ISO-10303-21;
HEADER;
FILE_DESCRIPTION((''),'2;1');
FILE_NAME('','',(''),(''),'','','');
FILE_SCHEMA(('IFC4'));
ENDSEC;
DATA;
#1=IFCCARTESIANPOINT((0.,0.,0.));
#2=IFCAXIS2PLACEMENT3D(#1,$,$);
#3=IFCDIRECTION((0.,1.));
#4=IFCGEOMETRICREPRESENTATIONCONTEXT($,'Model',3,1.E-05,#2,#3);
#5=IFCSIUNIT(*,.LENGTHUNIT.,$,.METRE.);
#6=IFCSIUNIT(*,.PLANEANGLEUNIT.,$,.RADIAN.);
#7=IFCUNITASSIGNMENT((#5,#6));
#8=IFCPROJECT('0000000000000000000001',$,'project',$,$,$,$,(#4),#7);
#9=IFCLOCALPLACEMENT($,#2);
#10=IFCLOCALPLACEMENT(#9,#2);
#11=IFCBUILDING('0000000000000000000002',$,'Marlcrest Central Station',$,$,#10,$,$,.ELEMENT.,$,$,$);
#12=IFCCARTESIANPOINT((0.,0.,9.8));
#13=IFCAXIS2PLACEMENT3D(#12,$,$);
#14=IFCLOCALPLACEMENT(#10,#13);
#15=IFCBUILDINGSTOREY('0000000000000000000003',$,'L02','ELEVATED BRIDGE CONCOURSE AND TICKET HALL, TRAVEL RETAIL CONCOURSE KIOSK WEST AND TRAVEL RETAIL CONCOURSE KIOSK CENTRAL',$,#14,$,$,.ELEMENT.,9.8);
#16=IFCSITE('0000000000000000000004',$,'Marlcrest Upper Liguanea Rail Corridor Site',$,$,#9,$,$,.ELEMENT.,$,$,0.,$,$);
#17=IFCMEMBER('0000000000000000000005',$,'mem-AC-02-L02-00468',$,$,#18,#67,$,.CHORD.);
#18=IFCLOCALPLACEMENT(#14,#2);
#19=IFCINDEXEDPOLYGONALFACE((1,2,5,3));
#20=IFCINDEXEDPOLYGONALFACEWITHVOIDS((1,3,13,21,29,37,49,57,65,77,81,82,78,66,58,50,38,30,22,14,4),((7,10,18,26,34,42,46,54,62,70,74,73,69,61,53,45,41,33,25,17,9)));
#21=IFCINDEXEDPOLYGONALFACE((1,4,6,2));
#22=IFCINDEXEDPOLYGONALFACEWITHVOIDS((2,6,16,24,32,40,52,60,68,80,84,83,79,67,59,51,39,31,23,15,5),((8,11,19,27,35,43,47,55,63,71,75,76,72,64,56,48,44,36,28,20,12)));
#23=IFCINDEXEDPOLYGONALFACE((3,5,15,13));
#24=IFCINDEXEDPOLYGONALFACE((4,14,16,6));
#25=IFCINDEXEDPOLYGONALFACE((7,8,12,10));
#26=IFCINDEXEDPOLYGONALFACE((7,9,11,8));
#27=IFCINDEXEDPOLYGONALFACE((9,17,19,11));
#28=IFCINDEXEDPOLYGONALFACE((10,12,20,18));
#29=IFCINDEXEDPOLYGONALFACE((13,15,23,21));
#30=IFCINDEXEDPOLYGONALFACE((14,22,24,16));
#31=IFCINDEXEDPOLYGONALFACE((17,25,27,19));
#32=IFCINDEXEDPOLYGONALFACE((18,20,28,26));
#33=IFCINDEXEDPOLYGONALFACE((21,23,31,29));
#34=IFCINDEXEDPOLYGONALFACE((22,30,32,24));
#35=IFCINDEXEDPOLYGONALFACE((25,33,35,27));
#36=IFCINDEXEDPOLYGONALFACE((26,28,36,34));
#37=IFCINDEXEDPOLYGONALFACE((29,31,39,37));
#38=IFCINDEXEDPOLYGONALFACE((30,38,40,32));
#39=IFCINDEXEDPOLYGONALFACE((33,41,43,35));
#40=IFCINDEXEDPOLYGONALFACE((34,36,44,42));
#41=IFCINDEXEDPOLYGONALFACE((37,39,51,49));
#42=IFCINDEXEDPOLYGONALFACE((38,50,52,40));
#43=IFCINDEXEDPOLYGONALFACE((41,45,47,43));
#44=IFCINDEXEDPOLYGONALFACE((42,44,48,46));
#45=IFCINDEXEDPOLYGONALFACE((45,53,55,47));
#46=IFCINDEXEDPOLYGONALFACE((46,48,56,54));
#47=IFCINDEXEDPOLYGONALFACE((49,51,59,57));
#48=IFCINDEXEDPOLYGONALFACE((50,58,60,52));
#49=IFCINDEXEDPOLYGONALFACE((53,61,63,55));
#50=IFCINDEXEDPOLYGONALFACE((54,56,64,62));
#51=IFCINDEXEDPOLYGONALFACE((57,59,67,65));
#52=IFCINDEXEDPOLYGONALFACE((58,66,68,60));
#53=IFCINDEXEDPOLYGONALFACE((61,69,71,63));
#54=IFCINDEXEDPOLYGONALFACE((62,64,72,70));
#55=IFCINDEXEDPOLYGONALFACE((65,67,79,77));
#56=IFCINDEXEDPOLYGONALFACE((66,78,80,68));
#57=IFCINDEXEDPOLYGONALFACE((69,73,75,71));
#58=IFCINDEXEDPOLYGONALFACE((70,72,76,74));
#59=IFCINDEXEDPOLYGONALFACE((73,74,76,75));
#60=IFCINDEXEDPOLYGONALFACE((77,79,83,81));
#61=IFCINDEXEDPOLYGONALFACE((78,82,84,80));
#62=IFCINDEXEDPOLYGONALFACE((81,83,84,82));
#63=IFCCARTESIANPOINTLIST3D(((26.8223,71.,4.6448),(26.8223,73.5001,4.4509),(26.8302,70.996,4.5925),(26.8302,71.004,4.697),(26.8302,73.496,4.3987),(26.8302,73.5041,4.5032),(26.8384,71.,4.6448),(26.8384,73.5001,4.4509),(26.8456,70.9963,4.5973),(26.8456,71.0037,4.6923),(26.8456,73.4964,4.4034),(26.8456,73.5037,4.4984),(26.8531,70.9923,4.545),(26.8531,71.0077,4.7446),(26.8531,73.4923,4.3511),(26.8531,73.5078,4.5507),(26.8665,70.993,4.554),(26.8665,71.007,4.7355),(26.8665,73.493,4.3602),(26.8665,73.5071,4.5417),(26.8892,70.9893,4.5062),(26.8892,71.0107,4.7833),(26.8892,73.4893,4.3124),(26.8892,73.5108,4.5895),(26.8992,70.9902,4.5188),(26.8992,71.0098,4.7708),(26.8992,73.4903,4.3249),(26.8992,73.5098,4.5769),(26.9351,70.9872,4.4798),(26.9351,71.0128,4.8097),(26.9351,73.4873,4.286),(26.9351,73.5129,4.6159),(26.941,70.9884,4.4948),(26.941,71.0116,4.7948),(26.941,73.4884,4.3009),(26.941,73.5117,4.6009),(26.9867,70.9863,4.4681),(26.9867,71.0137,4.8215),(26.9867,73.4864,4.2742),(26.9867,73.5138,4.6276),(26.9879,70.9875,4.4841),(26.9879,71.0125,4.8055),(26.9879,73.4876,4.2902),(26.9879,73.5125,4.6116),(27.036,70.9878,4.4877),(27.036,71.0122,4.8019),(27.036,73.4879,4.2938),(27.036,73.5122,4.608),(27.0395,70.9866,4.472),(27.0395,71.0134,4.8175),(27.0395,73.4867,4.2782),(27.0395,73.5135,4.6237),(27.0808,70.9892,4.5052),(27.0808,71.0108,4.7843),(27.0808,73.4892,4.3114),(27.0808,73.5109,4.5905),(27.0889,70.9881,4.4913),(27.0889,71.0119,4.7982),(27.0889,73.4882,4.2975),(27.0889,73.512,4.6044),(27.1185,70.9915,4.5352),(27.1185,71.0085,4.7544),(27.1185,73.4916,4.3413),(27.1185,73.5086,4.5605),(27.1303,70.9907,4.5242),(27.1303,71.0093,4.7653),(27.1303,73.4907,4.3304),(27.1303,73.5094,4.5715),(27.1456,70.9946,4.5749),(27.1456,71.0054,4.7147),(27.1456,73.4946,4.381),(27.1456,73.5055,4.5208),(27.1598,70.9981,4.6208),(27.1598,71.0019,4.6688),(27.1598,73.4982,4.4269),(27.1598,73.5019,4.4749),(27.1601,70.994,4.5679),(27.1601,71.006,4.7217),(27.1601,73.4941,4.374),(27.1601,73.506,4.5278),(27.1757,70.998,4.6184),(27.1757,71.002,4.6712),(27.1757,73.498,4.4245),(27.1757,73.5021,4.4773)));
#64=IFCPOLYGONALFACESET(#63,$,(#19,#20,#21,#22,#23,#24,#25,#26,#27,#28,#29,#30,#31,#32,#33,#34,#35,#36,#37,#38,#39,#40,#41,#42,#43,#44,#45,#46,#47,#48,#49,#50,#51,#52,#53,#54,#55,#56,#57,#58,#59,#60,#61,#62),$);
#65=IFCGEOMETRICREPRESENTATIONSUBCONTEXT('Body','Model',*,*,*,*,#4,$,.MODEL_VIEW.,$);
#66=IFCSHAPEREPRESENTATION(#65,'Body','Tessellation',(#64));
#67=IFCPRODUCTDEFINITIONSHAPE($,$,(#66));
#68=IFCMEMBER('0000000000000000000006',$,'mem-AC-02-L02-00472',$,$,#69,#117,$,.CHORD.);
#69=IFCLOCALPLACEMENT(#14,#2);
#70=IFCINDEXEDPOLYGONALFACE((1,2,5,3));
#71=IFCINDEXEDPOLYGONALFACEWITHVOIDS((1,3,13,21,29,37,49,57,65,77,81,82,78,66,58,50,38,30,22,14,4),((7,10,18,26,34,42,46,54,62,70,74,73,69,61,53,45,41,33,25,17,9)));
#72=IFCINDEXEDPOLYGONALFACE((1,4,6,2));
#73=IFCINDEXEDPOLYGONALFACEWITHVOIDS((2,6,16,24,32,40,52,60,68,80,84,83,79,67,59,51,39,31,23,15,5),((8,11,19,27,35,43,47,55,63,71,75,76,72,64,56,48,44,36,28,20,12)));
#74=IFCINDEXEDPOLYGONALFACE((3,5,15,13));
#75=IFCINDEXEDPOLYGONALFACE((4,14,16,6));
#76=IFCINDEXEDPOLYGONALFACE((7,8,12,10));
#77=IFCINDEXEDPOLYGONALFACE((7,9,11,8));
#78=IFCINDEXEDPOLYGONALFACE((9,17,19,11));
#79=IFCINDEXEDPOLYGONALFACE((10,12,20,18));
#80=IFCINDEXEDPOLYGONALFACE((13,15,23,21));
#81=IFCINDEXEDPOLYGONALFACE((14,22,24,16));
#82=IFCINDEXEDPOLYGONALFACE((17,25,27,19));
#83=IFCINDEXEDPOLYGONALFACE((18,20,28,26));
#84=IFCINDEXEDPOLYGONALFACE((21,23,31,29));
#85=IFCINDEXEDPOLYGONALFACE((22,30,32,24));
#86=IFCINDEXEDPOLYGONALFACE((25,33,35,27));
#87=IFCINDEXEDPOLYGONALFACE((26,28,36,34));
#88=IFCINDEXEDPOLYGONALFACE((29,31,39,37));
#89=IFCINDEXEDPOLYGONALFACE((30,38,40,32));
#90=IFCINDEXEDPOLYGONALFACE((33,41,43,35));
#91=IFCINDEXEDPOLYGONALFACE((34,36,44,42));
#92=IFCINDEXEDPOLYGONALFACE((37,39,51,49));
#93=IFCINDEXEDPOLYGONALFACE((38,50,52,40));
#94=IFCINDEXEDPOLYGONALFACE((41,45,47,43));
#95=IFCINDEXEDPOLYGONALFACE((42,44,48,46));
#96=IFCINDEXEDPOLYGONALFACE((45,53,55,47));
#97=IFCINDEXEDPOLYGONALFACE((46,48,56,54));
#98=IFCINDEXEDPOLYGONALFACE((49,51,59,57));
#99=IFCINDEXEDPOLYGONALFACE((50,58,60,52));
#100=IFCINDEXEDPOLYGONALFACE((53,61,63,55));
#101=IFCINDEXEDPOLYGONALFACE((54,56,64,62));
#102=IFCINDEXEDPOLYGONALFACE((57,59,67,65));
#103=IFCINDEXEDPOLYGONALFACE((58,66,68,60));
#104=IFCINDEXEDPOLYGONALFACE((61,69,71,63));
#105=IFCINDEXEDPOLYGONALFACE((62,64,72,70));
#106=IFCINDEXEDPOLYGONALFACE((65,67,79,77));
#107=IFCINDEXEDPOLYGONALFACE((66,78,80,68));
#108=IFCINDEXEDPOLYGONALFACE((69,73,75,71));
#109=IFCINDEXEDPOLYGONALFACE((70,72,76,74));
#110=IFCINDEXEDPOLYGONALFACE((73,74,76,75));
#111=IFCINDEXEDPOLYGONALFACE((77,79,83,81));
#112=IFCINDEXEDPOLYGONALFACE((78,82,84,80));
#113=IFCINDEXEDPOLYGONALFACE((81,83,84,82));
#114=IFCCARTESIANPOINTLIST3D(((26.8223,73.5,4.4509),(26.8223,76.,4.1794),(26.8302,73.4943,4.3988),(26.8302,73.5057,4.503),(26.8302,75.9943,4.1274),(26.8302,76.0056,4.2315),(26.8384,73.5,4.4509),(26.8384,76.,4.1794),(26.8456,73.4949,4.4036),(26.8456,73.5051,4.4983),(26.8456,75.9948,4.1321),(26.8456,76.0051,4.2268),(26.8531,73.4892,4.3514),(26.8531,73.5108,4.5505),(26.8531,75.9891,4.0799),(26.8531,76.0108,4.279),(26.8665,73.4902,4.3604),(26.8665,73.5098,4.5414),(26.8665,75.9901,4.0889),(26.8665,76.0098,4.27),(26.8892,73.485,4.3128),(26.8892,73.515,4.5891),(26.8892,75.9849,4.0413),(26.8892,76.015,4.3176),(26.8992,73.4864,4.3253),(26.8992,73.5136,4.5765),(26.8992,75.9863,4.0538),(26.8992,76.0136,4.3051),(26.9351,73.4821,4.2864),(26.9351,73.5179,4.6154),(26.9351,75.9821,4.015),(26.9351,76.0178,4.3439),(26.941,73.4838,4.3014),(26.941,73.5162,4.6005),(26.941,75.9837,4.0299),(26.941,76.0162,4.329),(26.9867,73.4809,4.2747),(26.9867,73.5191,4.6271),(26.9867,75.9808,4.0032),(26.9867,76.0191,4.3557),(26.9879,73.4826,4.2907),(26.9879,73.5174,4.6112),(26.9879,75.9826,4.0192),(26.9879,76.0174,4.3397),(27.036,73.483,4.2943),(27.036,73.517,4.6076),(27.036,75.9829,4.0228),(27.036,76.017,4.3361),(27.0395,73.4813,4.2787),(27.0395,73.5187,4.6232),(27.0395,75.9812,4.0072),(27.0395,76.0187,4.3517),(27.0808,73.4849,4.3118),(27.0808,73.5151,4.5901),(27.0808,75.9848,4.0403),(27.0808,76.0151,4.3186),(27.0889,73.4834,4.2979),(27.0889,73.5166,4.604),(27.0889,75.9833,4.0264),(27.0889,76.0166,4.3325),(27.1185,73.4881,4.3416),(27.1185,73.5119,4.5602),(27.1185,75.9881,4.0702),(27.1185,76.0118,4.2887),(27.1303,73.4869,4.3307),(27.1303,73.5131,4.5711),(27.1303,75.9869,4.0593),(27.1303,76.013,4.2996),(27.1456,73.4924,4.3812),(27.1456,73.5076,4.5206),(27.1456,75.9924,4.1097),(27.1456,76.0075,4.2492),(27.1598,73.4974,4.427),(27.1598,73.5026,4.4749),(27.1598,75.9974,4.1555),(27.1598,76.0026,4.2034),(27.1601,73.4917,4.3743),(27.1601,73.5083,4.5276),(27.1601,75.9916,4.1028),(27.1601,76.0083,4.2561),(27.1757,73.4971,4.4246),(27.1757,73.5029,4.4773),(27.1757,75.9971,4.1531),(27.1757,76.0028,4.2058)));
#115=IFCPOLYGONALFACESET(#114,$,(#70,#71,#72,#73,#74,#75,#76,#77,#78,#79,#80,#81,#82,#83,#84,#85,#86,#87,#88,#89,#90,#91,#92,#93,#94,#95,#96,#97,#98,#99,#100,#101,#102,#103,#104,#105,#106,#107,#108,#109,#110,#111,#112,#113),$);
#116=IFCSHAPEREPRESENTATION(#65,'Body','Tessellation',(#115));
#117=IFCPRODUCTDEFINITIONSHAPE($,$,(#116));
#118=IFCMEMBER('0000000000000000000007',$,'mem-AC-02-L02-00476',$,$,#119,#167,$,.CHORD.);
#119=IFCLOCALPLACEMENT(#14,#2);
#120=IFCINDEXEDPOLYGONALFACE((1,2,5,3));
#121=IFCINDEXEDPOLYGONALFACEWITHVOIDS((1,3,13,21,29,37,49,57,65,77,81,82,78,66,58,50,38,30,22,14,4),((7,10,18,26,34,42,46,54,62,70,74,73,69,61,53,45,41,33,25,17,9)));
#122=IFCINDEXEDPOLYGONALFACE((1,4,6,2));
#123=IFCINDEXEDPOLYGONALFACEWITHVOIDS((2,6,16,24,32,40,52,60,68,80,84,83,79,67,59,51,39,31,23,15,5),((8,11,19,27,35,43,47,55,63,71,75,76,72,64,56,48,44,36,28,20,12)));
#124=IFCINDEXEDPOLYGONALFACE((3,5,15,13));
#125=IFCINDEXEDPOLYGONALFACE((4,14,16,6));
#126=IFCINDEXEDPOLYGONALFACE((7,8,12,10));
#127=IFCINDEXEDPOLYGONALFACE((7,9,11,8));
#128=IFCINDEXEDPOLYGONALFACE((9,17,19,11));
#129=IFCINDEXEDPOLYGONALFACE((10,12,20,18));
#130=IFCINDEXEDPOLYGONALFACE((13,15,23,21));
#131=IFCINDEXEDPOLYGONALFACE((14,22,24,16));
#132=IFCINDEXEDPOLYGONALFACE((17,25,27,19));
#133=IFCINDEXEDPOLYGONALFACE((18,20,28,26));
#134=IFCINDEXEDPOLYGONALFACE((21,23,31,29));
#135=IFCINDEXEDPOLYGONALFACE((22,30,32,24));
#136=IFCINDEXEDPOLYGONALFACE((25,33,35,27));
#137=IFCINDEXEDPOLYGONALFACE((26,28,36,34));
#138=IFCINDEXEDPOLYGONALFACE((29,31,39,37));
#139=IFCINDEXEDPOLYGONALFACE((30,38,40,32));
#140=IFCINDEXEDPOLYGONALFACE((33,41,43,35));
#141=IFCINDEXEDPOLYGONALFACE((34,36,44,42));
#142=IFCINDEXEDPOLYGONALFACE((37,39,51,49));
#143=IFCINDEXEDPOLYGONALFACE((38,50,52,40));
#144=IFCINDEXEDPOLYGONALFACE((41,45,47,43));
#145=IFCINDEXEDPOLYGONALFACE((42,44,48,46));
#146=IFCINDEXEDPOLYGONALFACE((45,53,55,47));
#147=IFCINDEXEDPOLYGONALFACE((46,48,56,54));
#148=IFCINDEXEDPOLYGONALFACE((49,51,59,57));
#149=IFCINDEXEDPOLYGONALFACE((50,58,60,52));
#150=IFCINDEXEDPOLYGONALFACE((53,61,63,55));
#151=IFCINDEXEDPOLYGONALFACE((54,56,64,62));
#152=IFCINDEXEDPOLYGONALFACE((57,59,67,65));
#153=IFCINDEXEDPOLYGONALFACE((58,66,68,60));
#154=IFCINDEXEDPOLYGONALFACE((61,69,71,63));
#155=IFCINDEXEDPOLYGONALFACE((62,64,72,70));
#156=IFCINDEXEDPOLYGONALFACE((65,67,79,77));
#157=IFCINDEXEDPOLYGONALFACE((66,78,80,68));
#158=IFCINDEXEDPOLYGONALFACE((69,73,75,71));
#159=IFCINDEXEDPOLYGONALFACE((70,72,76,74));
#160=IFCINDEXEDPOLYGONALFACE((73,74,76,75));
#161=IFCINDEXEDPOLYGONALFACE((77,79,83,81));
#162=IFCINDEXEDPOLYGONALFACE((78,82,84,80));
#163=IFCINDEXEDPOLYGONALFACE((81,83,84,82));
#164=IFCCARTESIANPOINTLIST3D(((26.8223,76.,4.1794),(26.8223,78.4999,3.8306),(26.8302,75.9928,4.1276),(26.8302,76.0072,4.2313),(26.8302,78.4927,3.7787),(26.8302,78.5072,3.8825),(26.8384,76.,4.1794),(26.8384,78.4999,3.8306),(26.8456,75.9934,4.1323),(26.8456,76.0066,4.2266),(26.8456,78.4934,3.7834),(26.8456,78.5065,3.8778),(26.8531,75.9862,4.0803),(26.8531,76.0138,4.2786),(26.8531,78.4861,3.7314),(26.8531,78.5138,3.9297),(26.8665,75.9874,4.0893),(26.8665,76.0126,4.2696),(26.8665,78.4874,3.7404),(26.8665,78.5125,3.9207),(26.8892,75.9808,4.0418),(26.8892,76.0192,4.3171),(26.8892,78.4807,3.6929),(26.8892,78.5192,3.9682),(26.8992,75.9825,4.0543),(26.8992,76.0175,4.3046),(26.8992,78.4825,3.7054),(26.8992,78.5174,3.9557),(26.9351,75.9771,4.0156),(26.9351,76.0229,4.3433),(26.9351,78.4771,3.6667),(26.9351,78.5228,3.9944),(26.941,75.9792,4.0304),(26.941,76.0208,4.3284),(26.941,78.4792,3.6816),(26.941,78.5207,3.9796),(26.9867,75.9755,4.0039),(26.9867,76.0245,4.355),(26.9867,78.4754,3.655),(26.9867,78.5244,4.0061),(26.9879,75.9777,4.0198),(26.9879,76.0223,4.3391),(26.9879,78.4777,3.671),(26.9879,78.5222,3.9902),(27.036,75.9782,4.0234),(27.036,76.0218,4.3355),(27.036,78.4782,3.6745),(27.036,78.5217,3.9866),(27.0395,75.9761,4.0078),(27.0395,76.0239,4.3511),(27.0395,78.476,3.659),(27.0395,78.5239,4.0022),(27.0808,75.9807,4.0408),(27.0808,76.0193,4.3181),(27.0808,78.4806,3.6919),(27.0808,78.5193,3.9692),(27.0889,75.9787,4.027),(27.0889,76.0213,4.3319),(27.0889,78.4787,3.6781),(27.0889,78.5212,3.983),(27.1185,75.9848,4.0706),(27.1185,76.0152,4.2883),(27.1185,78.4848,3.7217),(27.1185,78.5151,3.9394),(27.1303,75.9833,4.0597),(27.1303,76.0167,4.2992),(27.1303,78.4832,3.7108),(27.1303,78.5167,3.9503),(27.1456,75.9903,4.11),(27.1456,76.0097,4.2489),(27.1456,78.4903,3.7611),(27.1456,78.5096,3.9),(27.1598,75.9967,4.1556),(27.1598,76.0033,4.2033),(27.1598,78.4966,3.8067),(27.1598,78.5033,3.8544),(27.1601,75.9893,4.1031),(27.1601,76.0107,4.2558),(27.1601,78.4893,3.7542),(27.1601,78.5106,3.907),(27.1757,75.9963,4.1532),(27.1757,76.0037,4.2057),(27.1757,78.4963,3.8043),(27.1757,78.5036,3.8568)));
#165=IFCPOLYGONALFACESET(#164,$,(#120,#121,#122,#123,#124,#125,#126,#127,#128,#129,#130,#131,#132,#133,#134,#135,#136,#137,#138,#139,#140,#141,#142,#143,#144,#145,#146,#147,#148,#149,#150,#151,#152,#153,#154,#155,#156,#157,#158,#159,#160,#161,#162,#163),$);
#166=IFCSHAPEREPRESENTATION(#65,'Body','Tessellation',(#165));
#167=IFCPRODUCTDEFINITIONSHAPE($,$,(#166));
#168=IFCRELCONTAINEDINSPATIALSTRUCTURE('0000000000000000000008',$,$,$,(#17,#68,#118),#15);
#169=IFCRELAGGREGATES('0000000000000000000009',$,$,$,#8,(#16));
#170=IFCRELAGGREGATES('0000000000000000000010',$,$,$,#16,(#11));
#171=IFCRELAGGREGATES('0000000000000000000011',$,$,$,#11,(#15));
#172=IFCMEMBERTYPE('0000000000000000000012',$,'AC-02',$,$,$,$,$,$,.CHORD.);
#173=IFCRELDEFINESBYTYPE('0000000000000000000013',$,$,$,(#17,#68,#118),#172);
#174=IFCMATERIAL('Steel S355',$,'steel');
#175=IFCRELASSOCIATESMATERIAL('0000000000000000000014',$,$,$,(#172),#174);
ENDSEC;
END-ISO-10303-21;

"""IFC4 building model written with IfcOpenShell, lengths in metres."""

from ifc_helpers import new_model, si_unit, direction, frame, origin, origin_2d, place, context, subcontext, project, spatial, hollow_circle, extrude, material, material_profile, profile_set, type_object, element, save


model = new_model("IFC4")

# Units and contexts
model_context = context("Model", 3, precision=1e-05, world=origin(), true_north=direction((0.0, 1.0)))
body_context = subcontext(model_context, "Body", "Model", "MODEL_VIEW")
ifc_project = project(units=[si_unit("LENGTHUNIT", "METRE"), si_unit("PLANEANGLEUNIT", "RADIAN")], contexts=[model_context])

# Site, building, storey
site_placement = place(None, origin())
site = spatial("IfcSite", under=ifc_project, at=site_placement, Name="Marlcrest Upper Liguanea Rail Corridor Site", CompositionType="ELEMENT", RefElevation=0.0)
building_placement = place(site_placement, origin())
building = spatial("IfcBuilding", under=site, at=building_placement, Name="Marlcrest Central Station", CompositionType="ELEMENT")
storey_placement = place(building_placement, frame((0.0, 0.0, 9.8)))
storey = spatial("IfcBuildingStorey", under=building, at=storey_placement, Name="L02", Description="ELEVATED BRIDGE CONCOURSE AND TICKET HALL, TRAVEL RETAIL CONCOURSE KIOSK WEST AND TRAVEL RETAIL CONCOURSE KIOSK CENTRAL", CompositionType="ELEMENT", Elevation=9.8)

# Members
ifc_material = material(Name="Steel S355", Category="steel")
ifc_material_profile_1 = material_profile(ifc_material, hollow_circle(Radius=0.1777, WallThickness=0.0161, at=origin_2d()), Name="CHS 355.6x16")
ifc_profile_set_1 = profile_set([ifc_material_profile_1], Name="Steel S355")
member_type_1 = type_object("IfcMemberType", Name="AC-02", PredefinedType="CHORD", material=ifc_profile_set_1)
member_1_placement = place(storey_placement, frame((27.0, 71.0, 4.6448), z_axis=(0.0, 0.997007, -0.077307), x_axis=(-1.0, 0.0, 0.0)))
element("IfcMember", 1, at=member_1_placement, inside=storey, type_object=member_type_1, Name="mem-AC-02-L02-00468", PredefinedType="CHORD", context=body_context, shape_type="SweptSolid", body=[
    extrude(hollow_circle(Radius=0.1777, WallThickness=0.0161, at=origin_2d()), origin(), (0.0, 0.0, 1.0), 2.5076),
])
member_2_placement = place(storey_placement, frame((27.0, 73.5, 4.4509), z_axis=(0.0, 0.994155, -0.107959), x_axis=(-1.0, 0.0, 0.0)))
element("IfcMember", 2, at=member_2_placement, inside=storey, type_object=member_type_1, Name="mem-AC-02-L02-00472", PredefinedType="CHORD", context=body_context, shape_type="SweptSolid", body=[
    extrude(hollow_circle(Radius=0.1777, WallThickness=0.0161, at=origin_2d()), origin(), (0.0, 0.0, 1.0), 2.5146),
])
member_3_placement = place(storey_placement, frame((27.0, 76.0, 4.1794), z_axis=(0.0, 0.990403, -0.138211), x_axis=(-1.0, 0.0, 0.0)))
element("IfcMember", 3, at=member_3_placement, inside=storey, type_object=member_type_1, Name="mem-AC-02-L02-00476", PredefinedType="CHORD", context=body_context, shape_type="SweptSolid", body=[
    extrude(hollow_circle(Radius=0.1777, WallThickness=0.0161, at=origin_2d()), origin(), (0.0, 0.0, 1.0), 2.5242),
])

save(model, "model.ifc")
